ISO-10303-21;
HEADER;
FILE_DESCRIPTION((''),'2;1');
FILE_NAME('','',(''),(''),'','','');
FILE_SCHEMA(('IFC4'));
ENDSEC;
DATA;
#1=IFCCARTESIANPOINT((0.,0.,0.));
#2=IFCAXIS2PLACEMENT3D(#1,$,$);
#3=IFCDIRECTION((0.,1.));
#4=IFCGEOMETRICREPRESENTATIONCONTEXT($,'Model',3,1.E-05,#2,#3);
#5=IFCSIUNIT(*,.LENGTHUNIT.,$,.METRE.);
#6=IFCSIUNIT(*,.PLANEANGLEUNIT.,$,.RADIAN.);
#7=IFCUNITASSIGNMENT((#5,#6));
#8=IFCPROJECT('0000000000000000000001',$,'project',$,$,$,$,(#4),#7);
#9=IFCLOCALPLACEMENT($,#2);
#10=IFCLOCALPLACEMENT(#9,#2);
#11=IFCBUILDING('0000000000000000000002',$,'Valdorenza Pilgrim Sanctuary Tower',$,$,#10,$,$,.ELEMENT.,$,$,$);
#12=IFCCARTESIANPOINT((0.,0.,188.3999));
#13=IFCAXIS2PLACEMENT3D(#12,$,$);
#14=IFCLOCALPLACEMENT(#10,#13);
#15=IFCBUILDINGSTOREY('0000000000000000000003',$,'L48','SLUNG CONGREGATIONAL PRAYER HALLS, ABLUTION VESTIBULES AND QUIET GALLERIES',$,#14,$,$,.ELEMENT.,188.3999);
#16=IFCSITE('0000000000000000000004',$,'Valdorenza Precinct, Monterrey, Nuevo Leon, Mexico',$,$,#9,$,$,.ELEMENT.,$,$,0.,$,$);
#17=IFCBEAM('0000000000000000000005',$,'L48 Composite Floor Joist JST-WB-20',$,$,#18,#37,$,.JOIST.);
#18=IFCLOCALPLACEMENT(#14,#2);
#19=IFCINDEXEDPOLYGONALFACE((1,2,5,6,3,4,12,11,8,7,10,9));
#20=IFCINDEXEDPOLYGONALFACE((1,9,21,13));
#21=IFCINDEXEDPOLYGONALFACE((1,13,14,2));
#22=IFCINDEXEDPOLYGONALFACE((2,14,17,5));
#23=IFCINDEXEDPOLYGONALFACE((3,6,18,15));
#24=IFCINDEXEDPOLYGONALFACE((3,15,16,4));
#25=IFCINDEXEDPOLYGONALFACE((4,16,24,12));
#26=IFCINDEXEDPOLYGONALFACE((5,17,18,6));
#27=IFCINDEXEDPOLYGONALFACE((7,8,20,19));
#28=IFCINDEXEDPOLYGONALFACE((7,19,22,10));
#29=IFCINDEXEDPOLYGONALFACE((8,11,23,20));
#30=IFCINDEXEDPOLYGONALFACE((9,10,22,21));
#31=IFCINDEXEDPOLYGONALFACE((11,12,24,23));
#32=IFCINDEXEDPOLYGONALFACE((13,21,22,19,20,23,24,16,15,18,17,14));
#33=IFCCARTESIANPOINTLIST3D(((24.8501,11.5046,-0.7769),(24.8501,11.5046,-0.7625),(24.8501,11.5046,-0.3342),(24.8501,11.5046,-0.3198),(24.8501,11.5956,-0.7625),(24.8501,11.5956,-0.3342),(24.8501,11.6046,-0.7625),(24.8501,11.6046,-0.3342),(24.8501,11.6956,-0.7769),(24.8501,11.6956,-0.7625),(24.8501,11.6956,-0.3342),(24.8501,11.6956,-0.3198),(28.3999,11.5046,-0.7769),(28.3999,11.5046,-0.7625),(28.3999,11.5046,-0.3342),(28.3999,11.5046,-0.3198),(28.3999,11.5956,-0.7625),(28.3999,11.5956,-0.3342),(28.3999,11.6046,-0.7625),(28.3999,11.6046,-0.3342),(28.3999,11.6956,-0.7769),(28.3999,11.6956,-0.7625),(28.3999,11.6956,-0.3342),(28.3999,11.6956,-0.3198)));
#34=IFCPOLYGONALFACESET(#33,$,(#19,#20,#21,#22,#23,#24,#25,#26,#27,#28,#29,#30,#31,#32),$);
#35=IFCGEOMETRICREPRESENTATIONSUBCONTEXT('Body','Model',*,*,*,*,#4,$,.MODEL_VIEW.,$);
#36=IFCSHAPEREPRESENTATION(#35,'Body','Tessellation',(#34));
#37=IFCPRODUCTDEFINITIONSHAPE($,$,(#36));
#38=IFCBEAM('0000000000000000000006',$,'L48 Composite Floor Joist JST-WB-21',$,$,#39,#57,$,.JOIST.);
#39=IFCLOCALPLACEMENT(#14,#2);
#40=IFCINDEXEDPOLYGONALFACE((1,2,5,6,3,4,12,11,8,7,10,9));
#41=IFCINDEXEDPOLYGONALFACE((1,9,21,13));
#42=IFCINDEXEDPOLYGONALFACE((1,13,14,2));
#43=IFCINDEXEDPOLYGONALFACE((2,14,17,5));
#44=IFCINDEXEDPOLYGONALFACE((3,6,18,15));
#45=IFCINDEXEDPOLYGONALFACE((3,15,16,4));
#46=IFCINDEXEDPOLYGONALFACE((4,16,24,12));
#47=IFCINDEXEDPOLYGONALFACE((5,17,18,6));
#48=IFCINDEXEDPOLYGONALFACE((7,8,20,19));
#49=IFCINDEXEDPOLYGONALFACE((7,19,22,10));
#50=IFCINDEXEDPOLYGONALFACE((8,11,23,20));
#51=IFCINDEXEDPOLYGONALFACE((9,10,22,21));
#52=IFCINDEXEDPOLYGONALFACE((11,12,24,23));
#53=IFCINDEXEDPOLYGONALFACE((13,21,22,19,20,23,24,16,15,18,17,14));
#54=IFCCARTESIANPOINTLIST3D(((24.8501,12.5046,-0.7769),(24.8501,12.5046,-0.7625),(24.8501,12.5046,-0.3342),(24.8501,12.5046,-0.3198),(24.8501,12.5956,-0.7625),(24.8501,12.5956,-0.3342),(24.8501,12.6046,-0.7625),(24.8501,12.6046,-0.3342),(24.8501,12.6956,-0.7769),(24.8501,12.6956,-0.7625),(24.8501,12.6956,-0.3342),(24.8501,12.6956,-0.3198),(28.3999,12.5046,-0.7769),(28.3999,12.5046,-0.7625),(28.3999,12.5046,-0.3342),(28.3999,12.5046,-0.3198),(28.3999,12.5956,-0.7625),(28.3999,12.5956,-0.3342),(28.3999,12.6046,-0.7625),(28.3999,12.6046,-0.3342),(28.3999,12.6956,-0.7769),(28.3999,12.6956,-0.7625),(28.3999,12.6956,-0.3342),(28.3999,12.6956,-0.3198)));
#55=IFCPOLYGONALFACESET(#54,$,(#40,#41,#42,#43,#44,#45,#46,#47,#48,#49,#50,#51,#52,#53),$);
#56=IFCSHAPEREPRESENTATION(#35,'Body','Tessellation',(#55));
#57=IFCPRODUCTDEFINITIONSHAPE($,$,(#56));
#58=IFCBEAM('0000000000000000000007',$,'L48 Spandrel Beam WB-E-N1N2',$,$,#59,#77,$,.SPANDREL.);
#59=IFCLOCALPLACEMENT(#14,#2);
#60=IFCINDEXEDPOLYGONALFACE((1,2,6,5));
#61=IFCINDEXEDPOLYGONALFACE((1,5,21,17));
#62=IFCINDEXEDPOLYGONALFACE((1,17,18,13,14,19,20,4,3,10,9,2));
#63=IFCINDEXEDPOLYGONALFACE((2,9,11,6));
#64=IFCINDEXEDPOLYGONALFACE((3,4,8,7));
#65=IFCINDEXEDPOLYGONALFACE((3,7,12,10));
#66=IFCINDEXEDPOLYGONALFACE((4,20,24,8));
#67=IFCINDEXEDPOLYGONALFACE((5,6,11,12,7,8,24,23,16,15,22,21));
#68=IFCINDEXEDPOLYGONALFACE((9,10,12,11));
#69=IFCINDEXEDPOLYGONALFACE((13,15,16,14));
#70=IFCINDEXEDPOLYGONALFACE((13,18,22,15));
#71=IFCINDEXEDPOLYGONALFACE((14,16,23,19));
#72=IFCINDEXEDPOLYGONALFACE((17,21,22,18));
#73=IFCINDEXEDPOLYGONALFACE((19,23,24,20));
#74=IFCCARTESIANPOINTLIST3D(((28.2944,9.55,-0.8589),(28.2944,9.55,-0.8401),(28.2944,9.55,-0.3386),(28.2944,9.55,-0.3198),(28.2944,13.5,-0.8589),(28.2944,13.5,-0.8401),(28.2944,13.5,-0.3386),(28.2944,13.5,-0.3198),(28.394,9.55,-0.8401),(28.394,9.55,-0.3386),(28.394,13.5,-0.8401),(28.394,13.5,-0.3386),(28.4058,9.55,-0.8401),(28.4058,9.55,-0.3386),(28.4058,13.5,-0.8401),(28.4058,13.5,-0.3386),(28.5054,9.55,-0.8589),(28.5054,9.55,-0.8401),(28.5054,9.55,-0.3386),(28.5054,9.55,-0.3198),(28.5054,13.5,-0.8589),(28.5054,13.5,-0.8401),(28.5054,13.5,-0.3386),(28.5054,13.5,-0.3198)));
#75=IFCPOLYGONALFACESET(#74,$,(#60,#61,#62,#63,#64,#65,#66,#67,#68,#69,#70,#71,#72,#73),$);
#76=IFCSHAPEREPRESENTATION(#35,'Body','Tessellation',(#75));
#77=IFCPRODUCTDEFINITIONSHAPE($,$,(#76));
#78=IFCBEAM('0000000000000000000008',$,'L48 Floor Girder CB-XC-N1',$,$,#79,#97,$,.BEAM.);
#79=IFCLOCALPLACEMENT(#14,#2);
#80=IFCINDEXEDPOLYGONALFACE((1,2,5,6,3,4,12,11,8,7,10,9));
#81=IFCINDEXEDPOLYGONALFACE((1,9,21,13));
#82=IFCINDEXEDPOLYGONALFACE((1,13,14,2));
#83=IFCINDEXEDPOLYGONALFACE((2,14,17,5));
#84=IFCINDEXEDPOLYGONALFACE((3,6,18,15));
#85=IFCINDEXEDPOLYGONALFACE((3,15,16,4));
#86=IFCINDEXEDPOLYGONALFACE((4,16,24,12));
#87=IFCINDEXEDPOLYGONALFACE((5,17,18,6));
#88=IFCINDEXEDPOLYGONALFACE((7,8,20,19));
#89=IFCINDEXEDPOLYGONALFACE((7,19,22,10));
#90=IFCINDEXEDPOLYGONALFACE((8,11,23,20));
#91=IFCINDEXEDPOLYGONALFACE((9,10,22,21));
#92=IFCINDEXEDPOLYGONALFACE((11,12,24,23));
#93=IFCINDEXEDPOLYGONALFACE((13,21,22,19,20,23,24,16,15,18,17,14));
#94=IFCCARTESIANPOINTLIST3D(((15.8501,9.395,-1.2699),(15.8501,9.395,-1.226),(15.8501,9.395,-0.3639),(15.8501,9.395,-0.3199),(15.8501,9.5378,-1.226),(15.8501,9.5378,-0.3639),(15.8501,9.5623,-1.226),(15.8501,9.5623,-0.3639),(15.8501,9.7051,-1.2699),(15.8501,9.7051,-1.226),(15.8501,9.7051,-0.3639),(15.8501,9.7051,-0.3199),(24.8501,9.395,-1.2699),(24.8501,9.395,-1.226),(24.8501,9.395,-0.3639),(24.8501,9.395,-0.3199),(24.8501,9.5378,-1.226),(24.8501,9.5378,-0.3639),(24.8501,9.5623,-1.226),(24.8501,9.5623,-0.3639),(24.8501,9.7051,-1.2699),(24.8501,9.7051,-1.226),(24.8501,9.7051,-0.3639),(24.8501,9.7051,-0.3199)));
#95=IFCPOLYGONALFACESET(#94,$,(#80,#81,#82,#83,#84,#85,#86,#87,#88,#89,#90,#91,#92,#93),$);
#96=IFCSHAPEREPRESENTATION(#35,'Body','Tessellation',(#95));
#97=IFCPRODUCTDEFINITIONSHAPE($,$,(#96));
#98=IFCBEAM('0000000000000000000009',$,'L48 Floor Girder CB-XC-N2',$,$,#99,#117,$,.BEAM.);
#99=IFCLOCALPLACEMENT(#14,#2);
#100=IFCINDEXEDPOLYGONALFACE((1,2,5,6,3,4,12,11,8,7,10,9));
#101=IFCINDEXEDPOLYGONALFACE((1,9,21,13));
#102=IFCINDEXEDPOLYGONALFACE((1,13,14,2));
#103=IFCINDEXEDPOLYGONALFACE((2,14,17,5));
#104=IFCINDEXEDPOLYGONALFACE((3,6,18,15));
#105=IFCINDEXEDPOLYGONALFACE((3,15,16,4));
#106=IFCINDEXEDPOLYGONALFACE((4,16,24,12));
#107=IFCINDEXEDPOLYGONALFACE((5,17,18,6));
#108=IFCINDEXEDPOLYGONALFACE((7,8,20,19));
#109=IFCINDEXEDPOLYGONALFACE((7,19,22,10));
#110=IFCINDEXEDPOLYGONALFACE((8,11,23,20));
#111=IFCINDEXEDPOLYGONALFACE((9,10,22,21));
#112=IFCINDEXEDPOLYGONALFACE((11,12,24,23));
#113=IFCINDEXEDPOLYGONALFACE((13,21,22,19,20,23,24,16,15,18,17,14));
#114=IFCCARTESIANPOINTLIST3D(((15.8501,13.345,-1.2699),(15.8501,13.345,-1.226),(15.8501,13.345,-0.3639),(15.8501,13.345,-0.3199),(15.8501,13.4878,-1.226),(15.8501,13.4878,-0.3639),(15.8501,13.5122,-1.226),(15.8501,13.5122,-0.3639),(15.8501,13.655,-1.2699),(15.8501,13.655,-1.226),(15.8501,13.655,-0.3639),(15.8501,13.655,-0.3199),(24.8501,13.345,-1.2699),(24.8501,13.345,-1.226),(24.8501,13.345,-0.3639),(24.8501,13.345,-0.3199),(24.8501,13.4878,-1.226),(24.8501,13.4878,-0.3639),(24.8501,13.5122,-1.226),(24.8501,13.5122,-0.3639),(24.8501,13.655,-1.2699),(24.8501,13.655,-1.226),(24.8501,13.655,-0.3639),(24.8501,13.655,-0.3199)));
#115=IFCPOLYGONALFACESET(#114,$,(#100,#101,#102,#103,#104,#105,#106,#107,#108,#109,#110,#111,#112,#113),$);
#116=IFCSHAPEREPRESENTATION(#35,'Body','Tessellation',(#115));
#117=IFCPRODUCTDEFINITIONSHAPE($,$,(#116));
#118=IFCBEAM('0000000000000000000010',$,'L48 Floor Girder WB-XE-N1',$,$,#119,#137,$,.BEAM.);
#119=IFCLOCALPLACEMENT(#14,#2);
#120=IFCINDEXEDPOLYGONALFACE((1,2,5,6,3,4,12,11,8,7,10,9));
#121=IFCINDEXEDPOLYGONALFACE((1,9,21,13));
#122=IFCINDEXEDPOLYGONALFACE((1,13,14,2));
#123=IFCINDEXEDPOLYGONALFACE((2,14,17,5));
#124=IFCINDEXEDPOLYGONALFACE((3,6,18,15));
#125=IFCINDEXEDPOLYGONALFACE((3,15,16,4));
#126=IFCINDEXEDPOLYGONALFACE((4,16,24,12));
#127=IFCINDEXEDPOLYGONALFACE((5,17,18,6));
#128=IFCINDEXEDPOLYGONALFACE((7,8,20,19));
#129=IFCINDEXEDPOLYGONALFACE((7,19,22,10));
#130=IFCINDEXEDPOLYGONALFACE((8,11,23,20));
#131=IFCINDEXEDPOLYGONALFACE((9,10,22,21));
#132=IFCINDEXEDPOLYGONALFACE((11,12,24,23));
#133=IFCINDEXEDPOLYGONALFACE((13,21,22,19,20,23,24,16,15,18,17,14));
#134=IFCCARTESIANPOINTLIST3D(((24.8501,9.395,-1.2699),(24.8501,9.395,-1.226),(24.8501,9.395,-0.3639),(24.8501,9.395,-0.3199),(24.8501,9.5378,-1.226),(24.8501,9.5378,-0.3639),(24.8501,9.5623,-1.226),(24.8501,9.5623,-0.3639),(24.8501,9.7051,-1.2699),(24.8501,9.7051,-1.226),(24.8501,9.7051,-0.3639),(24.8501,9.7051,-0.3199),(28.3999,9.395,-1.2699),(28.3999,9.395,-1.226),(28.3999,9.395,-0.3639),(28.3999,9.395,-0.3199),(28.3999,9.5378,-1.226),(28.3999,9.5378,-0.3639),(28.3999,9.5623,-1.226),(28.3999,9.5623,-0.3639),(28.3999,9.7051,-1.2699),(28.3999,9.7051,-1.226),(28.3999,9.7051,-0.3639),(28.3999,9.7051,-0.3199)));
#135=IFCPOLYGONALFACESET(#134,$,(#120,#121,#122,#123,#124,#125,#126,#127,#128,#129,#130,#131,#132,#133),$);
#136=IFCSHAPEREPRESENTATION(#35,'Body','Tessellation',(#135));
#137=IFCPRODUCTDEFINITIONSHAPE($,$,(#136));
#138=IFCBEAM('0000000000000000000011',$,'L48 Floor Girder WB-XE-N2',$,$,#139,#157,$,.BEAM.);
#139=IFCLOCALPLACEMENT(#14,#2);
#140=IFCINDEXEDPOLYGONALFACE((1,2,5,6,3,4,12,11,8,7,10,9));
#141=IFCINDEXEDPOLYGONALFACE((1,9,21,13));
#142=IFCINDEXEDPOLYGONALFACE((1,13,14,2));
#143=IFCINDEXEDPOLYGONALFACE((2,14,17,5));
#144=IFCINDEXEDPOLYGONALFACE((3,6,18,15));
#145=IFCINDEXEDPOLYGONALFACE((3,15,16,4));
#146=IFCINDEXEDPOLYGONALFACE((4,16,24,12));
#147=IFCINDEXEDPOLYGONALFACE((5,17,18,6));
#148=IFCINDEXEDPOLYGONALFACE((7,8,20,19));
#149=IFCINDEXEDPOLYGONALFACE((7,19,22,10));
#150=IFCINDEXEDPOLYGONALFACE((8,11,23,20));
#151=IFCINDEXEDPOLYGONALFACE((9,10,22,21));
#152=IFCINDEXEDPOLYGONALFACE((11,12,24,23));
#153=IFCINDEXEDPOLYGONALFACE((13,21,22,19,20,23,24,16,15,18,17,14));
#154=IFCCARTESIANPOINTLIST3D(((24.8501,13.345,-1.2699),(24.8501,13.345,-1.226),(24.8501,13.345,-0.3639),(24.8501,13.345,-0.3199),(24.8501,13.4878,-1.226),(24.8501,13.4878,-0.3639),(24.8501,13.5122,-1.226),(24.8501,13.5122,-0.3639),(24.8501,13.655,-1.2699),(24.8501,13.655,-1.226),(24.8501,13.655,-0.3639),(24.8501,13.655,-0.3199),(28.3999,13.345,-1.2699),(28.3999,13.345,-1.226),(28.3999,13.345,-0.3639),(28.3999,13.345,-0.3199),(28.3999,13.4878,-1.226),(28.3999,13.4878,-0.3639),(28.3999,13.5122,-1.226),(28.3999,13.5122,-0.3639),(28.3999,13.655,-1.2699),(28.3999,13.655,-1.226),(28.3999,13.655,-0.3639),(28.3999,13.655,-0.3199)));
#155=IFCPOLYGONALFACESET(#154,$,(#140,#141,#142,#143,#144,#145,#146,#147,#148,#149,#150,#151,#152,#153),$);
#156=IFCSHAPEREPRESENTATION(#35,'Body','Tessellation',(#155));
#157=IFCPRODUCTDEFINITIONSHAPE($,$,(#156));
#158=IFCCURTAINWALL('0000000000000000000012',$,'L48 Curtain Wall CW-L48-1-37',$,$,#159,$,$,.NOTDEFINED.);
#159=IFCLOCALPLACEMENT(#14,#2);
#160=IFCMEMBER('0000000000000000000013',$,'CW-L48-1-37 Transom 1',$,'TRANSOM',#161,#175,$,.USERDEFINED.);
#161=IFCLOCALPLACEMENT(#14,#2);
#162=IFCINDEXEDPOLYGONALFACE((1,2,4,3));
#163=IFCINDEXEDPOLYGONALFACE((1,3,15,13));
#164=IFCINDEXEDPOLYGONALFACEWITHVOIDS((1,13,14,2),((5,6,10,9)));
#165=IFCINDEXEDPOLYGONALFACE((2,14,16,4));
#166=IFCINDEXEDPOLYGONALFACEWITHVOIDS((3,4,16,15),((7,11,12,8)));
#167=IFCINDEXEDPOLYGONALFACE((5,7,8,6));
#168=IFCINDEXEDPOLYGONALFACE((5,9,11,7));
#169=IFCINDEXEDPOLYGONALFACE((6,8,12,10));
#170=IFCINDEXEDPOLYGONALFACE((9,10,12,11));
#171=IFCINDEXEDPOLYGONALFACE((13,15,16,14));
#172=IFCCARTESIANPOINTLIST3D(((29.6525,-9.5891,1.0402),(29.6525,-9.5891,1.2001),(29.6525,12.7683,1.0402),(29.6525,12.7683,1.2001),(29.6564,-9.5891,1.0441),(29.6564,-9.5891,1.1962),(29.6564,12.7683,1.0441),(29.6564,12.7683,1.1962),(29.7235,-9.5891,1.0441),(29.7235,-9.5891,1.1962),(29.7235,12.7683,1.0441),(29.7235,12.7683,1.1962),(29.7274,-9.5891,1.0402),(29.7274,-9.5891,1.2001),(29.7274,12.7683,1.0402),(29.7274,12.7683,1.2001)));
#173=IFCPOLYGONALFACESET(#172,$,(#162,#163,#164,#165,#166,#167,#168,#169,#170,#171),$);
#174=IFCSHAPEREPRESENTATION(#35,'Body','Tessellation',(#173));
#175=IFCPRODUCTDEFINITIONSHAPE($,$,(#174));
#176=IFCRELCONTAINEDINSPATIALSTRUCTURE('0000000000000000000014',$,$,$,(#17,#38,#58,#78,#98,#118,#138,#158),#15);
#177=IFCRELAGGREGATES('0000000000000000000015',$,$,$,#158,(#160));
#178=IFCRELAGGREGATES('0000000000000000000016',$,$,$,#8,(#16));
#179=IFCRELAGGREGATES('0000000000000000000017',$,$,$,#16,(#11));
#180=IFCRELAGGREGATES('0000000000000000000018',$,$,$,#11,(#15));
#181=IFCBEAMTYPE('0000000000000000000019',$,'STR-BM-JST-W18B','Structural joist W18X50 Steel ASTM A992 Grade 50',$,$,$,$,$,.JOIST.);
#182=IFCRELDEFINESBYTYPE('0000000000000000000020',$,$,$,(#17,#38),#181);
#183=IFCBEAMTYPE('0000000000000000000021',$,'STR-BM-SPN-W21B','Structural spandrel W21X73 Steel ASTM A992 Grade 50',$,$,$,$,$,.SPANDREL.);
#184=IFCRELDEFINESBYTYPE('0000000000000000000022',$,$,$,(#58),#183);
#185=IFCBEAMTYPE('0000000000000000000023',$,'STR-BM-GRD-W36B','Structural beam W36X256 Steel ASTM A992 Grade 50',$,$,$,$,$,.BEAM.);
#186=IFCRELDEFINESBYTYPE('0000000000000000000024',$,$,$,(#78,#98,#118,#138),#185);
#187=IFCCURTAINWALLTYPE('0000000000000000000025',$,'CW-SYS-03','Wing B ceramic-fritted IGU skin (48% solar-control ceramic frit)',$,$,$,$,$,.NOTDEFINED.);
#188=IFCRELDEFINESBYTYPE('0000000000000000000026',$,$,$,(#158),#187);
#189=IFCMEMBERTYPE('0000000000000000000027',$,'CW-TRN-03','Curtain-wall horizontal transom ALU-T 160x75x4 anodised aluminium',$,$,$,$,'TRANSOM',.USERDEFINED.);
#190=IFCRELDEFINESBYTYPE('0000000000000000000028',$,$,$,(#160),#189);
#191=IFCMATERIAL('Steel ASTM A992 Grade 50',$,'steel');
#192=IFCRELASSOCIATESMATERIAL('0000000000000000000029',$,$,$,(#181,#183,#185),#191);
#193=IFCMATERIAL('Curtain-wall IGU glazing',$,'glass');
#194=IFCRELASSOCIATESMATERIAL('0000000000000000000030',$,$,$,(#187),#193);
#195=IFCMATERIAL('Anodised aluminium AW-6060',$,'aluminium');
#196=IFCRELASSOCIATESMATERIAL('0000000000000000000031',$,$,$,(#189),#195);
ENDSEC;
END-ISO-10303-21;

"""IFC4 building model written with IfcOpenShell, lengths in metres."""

from ifc_helpers import new_model, si_unit, direction, frame, origin, origin_2d, place, context, subcontext, project, spatial, hollow_rectangle, i_section, extrude, source, transform, mapped, material, material_profile, profile_set, type_object, element, aggregate, save


model = new_model("IFC4")

# Units and contexts
model_context = context("Model", 3, precision=1e-05, world=origin(), true_north=direction((0.0, 1.0)))
body_context = subcontext(model_context, "Body", "Model", "MODEL_VIEW")
ifc_project = project(units=[si_unit("LENGTHUNIT", "METRE"), si_unit("PLANEANGLEUNIT", "RADIAN")], contexts=[model_context])

# Site, building, storey
site_placement = place(None, origin())
site = spatial("IfcSite", under=ifc_project, at=site_placement, Name="Valdorenza Precinct, Monterrey, Nuevo Leon, Mexico", CompositionType="ELEMENT", RefElevation=0.0)
building_placement = place(site_placement, origin())
building = spatial("IfcBuilding", under=site, at=building_placement, Name="Valdorenza Pilgrim Sanctuary Tower", CompositionType="ELEMENT")
storey_placement = place(building_placement, frame((0.0, 0.0, 188.3999)))
storey = spatial("IfcBuildingStorey", under=building, at=storey_placement, Name="L48", Description="SLUNG CONGREGATIONAL PRAYER HALLS, ABLUTION VESTIBULES AND QUIET GALLERIES", CompositionType="ELEMENT", Elevation=188.3999)

# Shared definitions
ifc_material_1 = material(Name="Steel ASTM A992 Grade 50", Category="steel")

# Beams
ifc_material_profile_1 = material_profile(ifc_material_1, i_section(OverallWidth=0.1909, OverallDepth=0.457, WebThickness=0.009, FlangeThickness=0.0144, at=origin_2d()), Name="W18X50")
ifc_profile_set_1 = profile_set([ifc_material_profile_1], Name="Steel ASTM A992 Grade 50")
beam_type_1 = type_object("IfcBeamType", Name="STR-BM-JST-W18B", Description="Structural joist W18X50 Steel ASTM A992 Grade 50", PredefinedType="JOIST", material=ifc_profile_set_1)
shared_shape_1 = source(origin(), body_context, "Body", "SweptSolid", [
    extrude(i_section(OverallWidth=0.1909, OverallDepth=0.457, WebThickness=0.009, FlangeThickness=0.0144, at=origin_2d()), origin(), (0.0, 0.0, 1.0), 3.5498),
])
for number, where, z_axis, x_axis, name in (
    (1, (24.8501, 11.6001, -0.5483), (1.0, 0.0, 0.0), (0.0, 1.0, 0.0), "L48 Composite Floor Joist JST-WB-20"),
    (2, (24.8501, 12.6001, -0.5483), (1.0, 0.0, 0.0), (0.0, 1.0, 0.0), "L48 Composite Floor Joist JST-WB-21"),
):
    element("IfcBeam", number, at=place(storey_placement, frame(where, z_axis=z_axis, x_axis=x_axis)), inside=storey, type_object=beam_type_1, Name=name, PredefinedType="JOIST", context=body_context, shape_type="MappedRepresentation", body=[
        mapped(shared_shape_1, transform((0.0, 0.0, 0.0), x_axis=(1.0, 0.0, 0.0), y_axis=(0.0, 1.0, 0.0), z_axis=(0.0, 0.0, 1.0), scale=1.0)),
    ])
ifc_material_profile_2 = material_profile(ifc_material_1, i_section(OverallWidth=0.2109, OverallDepth=0.5391, WebThickness=0.0117, FlangeThickness=0.0188, at=origin_2d()), Name="W21X73")
ifc_profile_set_2 = profile_set([ifc_material_profile_2], Name="Steel ASTM A992 Grade 50")
beam_type_2 = type_object("IfcBeamType", Name="STR-BM-SPN-W21B", Description="Structural spandrel W21X73 Steel ASTM A992 Grade 50", PredefinedType="SPANDREL", material=ifc_profile_set_2)
shared_shape_2 = source(origin(), body_context, "Body", "SweptSolid", [
    extrude(i_section(OverallWidth=0.2109, OverallDepth=0.5391, WebThickness=0.0117, FlangeThickness=0.0188, at=origin_2d()), origin(), (0.0, 0.0, 1.0), 3.95),
])
beam_placement = place(storey_placement, frame((28.3999, 9.55, -0.5894), z_axis=(0.0, 1.0, 0.0), x_axis=(-1.0, 0.0, 0.0)))
element("IfcBeam", 3, at=beam_placement, inside=storey, type_object=beam_type_2, Name="L48 Spandrel Beam WB-E-N1N2", PredefinedType="SPANDREL", context=body_context, shape_type="MappedRepresentation", body=[
    mapped(shared_shape_2, transform((0.0, 0.0, 0.0), x_axis=(1.0, 0.0, 0.0), y_axis=(0.0, 1.0, 0.0), z_axis=(0.0, 0.0, 1.0), scale=1.0)),
])
ifc_material_profile_3 = material_profile(ifc_material_1, i_section(OverallWidth=0.3101, OverallDepth=0.95, WebThickness=0.0244, FlangeThickness=0.0439, at=origin_2d()), Name="W36X256")
ifc_profile_set_3 = profile_set([ifc_material_profile_3], Name="Steel ASTM A992 Grade 50")
beam_type_3 = type_object("IfcBeamType", Name="STR-BM-GRD-W36B", Description="Structural beam W36X256 Steel ASTM A992 Grade 50", PredefinedType="BEAM", material=ifc_profile_set_3)
shared_shape_3 = source(origin(), body_context, "Body", "SweptSolid", [
    extrude(i_section(OverallWidth=0.3101, OverallDepth=0.95, WebThickness=0.0244, FlangeThickness=0.0439, at=origin_2d()), origin(), (0.0, 0.0, 1.0), 9.0),
])
for number, where, z_axis, x_axis, name in (
    (4, (15.8501, 9.55, -0.7949), (1.0, 0.0, 0.0), (0.0, 1.0, 0.0), "L48 Floor Girder CB-XC-N1"),
    (5, (15.8501, 13.5, -0.7949), (1.0, 0.0, 0.0), (0.0, 1.0, 0.0), "L48 Floor Girder CB-XC-N2"),
):
    element("IfcBeam", number, at=place(storey_placement, frame(where, z_axis=z_axis, x_axis=x_axis)), inside=storey, type_object=beam_type_3, Name=name, PredefinedType="BEAM", context=body_context, shape_type="MappedRepresentation", body=[
        mapped(shared_shape_3, transform((0.0, 0.0, 0.0), x_axis=(1.0, 0.0, 0.0), y_axis=(0.0, 1.0, 0.0), z_axis=(0.0, 0.0, 1.0), scale=1.0)),
    ])
shared_shape_4 = source(origin(), body_context, "Body", "SweptSolid", [
    extrude(i_section(OverallWidth=0.3101, OverallDepth=0.95, WebThickness=0.0244, FlangeThickness=0.0439, at=origin_2d()), origin(), (0.0, 0.0, 1.0), 3.5498),
])
for number, where, z_axis, x_axis, name in (
    (6, (24.8501, 9.55, -0.7949), (1.0, 0.0, 0.0), (0.0, 1.0, 0.0), "L48 Floor Girder WB-XE-N1"),
    (7, (24.8501, 13.5, -0.7949), (1.0, 0.0, 0.0), (0.0, 1.0, 0.0), "L48 Floor Girder WB-XE-N2"),
):
    element("IfcBeam", number, at=place(storey_placement, frame(where, z_axis=z_axis, x_axis=x_axis)), inside=storey, type_object=beam_type_3, Name=name, PredefinedType="BEAM", context=body_context, shape_type="MappedRepresentation", body=[
        mapped(shared_shape_4, transform((0.0, 0.0, 0.0), x_axis=(1.0, 0.0, 0.0), y_axis=(0.0, 1.0, 0.0), z_axis=(0.0, 0.0, 1.0), scale=1.0)),
    ])

# Curtain wall, member
ifc_material_2 = material(Name="Curtain-wall IGU glazing", Category="glass")
curtain_wall_type = type_object("IfcCurtainWallType", Name="CW-SYS-03", Description="Wing B ceramic-fritted IGU skin (48% solar-control ceramic frit)", PredefinedType="NOTDEFINED", material=ifc_material_2)
curtain_wall_1_placement = place(storey_placement, origin())
curtain_wall_1 = element("IfcCurtainWall", 8, at=curtain_wall_1_placement, inside=storey, type_object=curtain_wall_type, Name="L48 Curtain Wall CW-L48-1-37", PredefinedType="NOTDEFINED")
ifc_material_3 = material(Name="Anodised aluminium AW-6060", Category="aluminium")
ifc_material_profile_4 = material_profile(ifc_material_3, hollow_rectangle(XDim=0.075, YDim=0.1599, WallThickness=0.0039, at=origin_2d()), Name="ALU-T 160x75x4")
ifc_profile_set_4 = profile_set([ifc_material_profile_4], Name="Anodised aluminium AW-6060")
member_type_1 = type_object("IfcMemberType", Name="CW-TRN-03", Description="Curtain-wall horizontal transom ALU-T 160x75x4 anodised aluminium", ElementType="TRANSOM", PredefinedType="USERDEFINED", material=ifc_profile_set_4)
shared_shape_5 = source(origin(), body_context, "Body", "SweptSolid", [
    extrude(hollow_rectangle(XDim=0.075, YDim=0.1599, WallThickness=0.0039, at=origin_2d()), origin(), (0.0, 0.0, 1.0), 22.3574),
])
member_1_placement = place(storey_placement, frame((29.6899, 12.7683, 1.1201), z_axis=(0.0, -1.0, 0.0), x_axis=(1.0, 0.0, 0.0)))
member_1 = element("IfcMember", 9, at=member_1_placement, type_object=member_type_1, Name="CW-L48-1-37 Transom 1", ObjectType="TRANSOM", PredefinedType="USERDEFINED", context=body_context, shape_type="MappedRepresentation", body=[
    mapped(shared_shape_5, transform((0.0, 0.0, 0.0), x_axis=(1.0, 0.0, 0.0), y_axis=(0.0, 1.0, 0.0), z_axis=(0.0, 0.0, 1.0), scale=1.0)),
])

aggregate(curtain_wall_1, [member_1])

save(model, "model.ifc")
